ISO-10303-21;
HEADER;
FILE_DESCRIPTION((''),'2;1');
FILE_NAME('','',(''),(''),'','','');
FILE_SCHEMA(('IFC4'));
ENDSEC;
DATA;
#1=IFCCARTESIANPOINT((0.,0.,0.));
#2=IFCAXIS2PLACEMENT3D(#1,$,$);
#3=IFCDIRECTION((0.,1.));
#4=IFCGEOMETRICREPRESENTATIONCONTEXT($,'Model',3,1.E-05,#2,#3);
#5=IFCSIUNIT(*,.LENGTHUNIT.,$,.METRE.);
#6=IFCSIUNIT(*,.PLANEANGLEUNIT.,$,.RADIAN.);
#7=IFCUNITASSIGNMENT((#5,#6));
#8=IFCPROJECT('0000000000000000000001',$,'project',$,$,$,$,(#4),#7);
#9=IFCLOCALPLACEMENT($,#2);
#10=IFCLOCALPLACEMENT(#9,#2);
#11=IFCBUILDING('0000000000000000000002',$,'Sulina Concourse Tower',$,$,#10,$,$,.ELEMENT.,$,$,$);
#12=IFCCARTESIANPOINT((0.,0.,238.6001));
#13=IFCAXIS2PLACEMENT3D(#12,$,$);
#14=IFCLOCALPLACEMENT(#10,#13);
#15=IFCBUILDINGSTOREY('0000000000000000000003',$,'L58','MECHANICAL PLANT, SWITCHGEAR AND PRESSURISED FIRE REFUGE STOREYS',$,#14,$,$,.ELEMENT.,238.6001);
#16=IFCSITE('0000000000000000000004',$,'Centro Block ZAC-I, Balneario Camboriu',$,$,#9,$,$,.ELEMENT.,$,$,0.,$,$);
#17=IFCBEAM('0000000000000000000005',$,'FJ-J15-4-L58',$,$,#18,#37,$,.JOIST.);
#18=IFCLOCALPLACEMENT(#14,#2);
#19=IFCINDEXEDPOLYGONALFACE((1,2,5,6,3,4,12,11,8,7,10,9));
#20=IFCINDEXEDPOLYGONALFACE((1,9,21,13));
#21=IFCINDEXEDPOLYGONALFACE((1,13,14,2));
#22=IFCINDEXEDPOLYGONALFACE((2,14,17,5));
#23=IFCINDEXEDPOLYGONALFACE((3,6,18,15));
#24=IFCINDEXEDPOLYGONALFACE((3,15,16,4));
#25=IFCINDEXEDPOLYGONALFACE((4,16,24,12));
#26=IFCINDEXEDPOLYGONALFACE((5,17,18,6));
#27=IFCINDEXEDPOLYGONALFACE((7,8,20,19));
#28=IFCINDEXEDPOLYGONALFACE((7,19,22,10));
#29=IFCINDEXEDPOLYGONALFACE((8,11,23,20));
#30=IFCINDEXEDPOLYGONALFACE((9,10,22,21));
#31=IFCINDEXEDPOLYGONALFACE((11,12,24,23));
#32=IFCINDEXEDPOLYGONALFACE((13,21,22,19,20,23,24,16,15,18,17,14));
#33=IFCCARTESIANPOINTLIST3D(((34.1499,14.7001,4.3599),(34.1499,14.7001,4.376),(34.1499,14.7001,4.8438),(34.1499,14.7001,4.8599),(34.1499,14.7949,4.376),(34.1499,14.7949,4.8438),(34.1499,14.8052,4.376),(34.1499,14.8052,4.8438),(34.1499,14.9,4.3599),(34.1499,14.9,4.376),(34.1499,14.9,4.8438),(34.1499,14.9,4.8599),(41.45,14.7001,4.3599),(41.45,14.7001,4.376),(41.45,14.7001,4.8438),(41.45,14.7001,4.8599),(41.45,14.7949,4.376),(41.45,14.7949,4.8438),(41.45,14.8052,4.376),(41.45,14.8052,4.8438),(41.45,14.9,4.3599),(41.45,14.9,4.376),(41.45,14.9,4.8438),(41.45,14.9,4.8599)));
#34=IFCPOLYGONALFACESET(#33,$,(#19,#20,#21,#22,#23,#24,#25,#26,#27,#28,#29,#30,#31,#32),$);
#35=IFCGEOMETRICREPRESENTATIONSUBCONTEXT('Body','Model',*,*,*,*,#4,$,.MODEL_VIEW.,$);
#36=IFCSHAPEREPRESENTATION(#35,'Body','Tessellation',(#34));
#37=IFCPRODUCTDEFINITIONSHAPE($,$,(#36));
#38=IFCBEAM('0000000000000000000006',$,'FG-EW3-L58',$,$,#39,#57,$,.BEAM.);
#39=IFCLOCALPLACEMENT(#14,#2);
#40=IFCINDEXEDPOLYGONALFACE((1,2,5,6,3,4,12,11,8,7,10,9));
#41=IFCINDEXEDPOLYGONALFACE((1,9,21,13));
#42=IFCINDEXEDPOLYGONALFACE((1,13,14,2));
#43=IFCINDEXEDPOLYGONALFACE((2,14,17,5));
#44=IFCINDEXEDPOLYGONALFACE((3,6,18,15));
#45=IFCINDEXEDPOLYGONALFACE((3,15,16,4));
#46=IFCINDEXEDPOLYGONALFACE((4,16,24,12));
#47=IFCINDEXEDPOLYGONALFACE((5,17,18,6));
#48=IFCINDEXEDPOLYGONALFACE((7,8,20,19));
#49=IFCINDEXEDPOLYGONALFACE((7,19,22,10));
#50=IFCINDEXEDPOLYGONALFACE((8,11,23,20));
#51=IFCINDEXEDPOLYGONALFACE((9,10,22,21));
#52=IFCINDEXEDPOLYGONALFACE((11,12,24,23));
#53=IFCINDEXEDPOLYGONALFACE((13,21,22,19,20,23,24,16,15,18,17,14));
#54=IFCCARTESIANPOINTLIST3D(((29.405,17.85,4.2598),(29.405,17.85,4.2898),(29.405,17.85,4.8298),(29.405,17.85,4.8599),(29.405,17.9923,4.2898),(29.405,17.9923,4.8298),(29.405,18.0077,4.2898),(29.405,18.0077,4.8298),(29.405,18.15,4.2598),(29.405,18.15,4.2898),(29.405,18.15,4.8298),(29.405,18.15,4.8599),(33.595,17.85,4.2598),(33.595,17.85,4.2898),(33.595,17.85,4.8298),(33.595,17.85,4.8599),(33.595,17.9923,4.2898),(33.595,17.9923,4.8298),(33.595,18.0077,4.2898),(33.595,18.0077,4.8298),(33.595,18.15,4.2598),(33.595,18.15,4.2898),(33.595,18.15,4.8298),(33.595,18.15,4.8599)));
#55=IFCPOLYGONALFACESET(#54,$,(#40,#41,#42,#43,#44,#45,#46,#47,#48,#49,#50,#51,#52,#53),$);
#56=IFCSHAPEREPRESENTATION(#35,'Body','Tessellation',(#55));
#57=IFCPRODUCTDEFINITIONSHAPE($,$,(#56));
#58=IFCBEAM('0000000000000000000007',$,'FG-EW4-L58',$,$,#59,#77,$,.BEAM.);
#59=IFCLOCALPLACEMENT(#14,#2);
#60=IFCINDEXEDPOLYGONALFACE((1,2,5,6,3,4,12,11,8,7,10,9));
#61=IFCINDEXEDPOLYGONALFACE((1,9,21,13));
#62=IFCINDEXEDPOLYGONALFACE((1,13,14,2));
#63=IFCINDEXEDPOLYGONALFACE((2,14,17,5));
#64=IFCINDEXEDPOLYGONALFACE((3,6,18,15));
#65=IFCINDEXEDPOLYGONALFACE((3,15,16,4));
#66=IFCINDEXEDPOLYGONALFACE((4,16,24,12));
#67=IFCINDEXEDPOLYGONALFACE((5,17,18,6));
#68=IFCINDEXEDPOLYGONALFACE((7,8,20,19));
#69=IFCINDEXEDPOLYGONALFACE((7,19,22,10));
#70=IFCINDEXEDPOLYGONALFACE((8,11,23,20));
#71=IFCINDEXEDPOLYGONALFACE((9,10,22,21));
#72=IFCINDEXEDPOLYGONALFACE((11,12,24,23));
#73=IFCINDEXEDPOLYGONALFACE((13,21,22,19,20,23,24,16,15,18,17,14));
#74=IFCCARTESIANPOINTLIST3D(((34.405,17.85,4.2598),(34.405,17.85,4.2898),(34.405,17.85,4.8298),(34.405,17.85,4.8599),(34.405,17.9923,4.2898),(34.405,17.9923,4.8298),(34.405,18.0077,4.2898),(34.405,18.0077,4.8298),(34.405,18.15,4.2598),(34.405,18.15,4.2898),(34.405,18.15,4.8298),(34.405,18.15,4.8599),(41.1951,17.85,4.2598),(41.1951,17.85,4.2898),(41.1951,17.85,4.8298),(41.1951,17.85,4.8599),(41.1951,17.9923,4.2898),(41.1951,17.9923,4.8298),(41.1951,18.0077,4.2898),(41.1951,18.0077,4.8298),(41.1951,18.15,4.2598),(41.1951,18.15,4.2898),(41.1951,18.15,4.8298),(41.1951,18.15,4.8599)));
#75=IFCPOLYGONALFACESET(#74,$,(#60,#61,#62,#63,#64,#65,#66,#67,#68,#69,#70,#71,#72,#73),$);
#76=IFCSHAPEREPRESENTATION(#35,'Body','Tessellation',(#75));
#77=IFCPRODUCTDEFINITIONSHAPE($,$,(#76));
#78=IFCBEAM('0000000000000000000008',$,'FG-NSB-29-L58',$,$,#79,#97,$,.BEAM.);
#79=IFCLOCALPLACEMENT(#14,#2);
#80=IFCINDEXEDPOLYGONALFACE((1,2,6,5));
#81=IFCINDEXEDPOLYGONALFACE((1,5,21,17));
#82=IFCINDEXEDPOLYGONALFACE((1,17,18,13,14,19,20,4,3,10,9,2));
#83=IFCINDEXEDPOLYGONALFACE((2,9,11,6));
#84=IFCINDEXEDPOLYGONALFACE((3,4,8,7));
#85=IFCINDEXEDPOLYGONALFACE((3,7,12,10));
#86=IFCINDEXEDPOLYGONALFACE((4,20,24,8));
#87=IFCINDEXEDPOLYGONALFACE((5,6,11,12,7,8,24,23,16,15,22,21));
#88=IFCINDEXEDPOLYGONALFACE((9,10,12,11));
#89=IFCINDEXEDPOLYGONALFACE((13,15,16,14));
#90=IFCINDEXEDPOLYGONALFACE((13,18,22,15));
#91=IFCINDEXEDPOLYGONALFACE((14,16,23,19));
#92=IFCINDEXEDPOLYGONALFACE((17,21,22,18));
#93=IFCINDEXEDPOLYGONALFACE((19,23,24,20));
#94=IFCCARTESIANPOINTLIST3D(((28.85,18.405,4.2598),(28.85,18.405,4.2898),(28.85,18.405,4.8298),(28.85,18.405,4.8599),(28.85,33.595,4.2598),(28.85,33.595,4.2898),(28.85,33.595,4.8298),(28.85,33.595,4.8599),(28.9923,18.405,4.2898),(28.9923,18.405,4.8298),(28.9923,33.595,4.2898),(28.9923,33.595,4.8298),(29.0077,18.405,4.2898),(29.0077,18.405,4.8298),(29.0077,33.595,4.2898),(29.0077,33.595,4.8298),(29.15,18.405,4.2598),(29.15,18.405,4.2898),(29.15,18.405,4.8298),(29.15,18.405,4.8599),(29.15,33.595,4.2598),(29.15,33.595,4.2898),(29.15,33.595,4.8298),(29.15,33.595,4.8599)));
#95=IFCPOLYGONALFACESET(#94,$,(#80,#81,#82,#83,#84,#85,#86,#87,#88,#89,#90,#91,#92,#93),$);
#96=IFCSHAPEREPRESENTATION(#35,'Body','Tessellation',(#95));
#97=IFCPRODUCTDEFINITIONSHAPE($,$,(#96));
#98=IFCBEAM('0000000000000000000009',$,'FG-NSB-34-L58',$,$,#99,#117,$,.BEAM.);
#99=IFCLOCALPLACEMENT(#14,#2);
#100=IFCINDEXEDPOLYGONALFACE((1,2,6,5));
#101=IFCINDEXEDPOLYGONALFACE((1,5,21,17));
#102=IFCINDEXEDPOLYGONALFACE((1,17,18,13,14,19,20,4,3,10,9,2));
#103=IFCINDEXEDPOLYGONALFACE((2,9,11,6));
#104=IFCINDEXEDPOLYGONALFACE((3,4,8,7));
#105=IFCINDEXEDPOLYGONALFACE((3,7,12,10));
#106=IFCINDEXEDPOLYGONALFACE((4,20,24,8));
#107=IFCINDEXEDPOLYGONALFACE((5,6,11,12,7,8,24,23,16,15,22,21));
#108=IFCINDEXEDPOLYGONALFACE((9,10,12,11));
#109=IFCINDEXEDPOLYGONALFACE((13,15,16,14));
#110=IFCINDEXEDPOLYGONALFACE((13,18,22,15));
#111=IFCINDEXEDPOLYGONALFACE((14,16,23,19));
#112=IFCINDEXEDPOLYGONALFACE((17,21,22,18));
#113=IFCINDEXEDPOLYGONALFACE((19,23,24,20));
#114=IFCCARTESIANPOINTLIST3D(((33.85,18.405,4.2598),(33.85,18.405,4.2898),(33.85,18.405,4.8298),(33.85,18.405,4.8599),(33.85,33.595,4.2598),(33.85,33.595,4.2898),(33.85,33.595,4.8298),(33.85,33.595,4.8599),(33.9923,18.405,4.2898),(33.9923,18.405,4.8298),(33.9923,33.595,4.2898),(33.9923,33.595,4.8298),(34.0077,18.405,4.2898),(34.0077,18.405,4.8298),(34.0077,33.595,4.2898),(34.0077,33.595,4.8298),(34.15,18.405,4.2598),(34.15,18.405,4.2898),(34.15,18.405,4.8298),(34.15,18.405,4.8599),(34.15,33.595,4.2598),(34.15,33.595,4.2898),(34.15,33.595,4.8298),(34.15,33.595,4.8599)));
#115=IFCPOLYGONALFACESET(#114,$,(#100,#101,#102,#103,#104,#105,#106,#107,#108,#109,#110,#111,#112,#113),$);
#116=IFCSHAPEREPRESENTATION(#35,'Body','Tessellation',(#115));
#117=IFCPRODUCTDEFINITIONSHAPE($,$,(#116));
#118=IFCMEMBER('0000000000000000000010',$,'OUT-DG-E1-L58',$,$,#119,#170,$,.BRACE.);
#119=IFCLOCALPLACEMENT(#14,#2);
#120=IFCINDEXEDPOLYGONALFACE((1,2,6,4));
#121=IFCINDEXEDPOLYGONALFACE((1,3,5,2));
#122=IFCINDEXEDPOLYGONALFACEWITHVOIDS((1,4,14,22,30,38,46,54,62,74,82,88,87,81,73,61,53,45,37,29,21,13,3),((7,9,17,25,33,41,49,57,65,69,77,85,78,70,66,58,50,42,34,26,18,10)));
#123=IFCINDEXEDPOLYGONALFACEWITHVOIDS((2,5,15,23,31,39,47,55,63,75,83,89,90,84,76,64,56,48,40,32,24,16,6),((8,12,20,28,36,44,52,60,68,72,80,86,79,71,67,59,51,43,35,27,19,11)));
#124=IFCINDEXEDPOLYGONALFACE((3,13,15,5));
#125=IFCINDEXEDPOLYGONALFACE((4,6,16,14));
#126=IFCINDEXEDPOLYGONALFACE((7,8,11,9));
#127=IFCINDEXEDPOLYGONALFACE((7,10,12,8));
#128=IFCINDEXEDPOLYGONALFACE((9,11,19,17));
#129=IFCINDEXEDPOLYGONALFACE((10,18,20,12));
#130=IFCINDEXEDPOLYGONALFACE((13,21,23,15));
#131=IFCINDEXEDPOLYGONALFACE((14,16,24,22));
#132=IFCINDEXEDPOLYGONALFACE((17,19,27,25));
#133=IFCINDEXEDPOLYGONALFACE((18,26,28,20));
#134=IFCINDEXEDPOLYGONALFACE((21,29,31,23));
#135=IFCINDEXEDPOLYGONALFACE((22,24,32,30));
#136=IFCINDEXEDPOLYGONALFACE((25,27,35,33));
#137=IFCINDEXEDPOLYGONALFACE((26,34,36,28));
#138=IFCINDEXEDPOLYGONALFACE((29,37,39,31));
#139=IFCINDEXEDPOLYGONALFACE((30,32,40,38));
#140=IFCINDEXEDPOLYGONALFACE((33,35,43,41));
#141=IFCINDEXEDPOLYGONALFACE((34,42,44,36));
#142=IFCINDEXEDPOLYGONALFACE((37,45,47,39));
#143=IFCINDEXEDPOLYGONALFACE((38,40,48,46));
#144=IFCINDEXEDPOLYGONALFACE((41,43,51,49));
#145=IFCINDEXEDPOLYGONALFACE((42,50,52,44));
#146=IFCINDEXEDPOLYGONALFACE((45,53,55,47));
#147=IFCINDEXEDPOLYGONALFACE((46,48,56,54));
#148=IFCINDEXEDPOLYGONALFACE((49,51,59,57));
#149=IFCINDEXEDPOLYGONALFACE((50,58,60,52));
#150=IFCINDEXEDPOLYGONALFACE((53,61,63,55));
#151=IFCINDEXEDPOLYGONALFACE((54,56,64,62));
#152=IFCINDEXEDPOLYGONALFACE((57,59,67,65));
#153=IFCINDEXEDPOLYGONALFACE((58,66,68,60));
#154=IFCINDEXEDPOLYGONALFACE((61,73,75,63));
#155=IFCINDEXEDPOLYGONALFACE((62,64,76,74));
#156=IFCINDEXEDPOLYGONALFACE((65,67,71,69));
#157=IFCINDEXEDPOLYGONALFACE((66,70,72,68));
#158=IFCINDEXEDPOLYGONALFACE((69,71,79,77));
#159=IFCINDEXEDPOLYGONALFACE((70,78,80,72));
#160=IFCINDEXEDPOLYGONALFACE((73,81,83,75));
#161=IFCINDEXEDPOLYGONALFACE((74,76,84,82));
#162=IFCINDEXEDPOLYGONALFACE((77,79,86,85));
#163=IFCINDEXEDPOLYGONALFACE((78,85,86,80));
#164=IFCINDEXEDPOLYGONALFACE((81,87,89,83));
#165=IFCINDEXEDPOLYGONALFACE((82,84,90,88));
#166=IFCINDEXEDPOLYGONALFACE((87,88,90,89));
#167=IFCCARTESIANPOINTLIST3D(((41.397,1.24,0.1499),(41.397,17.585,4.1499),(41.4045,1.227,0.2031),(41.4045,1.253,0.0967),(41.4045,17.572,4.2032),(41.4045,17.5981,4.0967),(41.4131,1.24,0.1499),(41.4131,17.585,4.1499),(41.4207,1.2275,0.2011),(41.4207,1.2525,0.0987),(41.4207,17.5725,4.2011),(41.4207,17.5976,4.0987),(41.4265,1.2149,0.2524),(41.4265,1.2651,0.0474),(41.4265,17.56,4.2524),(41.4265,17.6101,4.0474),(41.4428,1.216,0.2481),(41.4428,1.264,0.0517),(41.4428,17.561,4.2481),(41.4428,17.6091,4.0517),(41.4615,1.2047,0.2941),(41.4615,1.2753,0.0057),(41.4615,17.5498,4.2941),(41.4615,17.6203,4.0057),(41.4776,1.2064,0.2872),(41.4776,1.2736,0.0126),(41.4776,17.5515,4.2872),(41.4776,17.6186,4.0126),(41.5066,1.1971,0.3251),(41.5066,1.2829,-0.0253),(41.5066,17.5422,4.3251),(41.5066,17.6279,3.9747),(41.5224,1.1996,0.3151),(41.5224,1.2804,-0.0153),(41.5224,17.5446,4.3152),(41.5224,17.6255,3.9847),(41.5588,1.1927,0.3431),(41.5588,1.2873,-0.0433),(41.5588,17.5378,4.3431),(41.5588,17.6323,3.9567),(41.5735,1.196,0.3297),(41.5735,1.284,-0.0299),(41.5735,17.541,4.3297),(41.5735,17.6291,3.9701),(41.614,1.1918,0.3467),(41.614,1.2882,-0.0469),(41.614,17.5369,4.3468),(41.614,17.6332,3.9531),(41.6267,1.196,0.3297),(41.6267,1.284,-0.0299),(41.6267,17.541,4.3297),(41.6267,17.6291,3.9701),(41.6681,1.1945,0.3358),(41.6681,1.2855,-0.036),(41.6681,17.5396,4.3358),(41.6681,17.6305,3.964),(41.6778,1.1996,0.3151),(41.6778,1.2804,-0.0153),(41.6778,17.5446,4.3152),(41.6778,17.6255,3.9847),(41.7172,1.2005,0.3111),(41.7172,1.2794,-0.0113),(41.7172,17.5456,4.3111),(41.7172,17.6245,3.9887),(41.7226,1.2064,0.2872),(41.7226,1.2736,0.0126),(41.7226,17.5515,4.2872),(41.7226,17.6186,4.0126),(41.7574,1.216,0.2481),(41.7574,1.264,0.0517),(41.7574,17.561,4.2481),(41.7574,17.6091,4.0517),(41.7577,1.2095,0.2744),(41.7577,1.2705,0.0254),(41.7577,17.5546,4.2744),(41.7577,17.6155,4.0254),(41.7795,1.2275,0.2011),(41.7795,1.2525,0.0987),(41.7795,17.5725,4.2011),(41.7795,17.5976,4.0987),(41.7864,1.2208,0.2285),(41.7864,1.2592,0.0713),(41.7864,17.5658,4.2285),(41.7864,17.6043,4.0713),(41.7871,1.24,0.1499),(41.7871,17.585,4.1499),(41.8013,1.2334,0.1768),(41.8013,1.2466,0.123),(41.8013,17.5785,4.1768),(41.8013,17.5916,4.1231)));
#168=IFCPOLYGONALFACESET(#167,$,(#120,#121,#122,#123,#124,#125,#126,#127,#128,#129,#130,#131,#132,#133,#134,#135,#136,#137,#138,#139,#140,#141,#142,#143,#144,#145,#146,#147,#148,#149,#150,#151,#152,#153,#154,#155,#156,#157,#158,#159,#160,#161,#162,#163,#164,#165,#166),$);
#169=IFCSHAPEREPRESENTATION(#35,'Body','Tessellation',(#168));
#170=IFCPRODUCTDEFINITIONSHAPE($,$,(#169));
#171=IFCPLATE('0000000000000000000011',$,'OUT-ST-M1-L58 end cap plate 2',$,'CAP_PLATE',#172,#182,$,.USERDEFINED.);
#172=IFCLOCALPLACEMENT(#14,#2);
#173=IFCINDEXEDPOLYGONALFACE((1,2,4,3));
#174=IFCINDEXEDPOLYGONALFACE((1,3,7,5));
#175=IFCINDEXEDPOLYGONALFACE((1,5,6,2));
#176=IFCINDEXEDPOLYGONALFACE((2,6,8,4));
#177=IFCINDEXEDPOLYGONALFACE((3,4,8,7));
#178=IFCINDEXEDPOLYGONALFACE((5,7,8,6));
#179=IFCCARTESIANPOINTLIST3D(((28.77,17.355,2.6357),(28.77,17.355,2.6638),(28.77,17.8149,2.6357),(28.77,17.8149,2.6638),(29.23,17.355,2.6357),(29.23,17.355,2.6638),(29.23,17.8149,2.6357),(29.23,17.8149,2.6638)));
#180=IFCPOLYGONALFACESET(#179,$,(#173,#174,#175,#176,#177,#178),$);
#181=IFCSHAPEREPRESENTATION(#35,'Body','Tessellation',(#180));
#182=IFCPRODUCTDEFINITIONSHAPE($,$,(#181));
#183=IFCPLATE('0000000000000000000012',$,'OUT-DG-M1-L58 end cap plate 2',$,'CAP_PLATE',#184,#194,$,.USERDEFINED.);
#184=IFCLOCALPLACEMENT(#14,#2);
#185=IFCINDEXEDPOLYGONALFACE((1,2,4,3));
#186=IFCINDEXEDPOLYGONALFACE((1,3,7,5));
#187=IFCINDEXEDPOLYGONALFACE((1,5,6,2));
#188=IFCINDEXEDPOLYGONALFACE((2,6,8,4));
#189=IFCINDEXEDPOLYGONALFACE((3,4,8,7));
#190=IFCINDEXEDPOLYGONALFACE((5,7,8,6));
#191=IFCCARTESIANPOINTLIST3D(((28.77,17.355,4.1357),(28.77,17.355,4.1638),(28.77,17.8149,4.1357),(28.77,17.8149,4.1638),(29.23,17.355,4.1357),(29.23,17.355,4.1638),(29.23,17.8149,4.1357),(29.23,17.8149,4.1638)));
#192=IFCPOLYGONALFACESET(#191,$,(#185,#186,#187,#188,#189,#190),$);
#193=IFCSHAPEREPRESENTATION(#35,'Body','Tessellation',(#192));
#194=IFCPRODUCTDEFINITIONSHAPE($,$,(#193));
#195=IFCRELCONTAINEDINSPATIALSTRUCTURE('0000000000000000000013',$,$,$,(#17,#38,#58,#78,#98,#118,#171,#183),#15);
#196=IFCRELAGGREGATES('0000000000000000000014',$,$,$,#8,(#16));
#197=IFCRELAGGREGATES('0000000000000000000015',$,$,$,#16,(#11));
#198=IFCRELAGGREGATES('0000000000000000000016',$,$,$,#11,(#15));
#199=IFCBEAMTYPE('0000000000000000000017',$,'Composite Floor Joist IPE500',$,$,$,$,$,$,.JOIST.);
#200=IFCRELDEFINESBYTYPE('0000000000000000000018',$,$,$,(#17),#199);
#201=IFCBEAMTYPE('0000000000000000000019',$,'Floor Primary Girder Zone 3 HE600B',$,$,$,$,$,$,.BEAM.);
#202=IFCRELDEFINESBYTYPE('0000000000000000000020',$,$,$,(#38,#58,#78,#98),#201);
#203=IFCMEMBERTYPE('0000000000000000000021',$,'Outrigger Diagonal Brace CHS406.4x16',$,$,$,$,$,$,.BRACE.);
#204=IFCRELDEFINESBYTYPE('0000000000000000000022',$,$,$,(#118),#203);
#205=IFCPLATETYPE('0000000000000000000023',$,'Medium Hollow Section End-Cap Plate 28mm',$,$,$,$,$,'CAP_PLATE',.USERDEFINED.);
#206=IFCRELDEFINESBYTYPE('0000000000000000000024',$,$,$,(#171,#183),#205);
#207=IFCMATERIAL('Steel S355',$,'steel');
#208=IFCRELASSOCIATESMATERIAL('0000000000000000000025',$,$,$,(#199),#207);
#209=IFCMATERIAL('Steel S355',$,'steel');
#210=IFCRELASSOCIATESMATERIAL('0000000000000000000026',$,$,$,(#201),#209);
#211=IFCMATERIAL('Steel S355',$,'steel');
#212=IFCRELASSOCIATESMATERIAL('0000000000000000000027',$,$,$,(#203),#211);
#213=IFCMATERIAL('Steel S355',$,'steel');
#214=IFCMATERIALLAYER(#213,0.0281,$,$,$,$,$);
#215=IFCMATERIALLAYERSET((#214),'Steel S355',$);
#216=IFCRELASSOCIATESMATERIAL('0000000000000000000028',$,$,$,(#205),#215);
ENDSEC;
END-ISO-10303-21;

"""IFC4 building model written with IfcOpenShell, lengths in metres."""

from ifc_helpers import new_model, si_unit, direction, frame, origin, origin_2d, place, context, subcontext, project, spatial, rectangle, hollow_circle, i_section, extrude, material, layer, layer_set, material_profile, profile_set, type_object, element, save


model = new_model("IFC4")

# Units and contexts
model_context = context("Model", 3, precision=1e-05, world=origin(), true_north=direction((0.0, 1.0)))
body_context = subcontext(model_context, "Body", "Model", "MODEL_VIEW")
ifc_project = project(units=[si_unit("LENGTHUNIT", "METRE"), si_unit("PLANEANGLEUNIT", "RADIAN")], contexts=[model_context])

# Site, building, storey
site_placement = place(None, origin())
site = spatial("IfcSite", under=ifc_project, at=site_placement, Name="Centro Block ZAC-I, Balneario Camboriu", CompositionType="ELEMENT", RefElevation=0.0)
building_placement = place(site_placement, origin())
building = spatial("IfcBuilding", under=site, at=building_placement, Name="Sulina Concourse Tower", CompositionType="ELEMENT")
storey_placement = place(building_placement, frame((0.0, 0.0, 238.6001)))
storey = spatial("IfcBuildingStorey", under=building, at=storey_placement, Name="L58", Description="MECHANICAL PLANT, SWITCHGEAR AND PRESSURISED FIRE REFUGE STOREYS", CompositionType="ELEMENT", Elevation=238.6001)

# Beams
ifc_material_1 = material(Name="Steel S355", Category="steel")
ifc_material_profile_1 = material_profile(ifc_material_1, i_section(OverallWidth=0.2, OverallDepth=0.5, WebThickness=0.0103, FlangeThickness=0.0161, at=origin_2d()), Name="IPE 500")
ifc_profile_set_1 = profile_set([ifc_material_profile_1], Name="Steel S355")
beam_type_1 = type_object("IfcBeamType", Name="Composite Floor Joist IPE500", PredefinedType="JOIST", material=ifc_profile_set_1)
beam_1_placement = place(storey_placement, frame((34.1499, 14.8, 4.6099), z_axis=(1.0, 0.0, 0.0), x_axis=(0.0, 1.0, 0.0)))
element("IfcBeam", 1, at=beam_1_placement, inside=storey, type_object=beam_type_1, Name="FJ-J15-4-L58", PredefinedType="JOIST", context=body_context, shape_type="SweptSolid", body=[
    extrude(i_section(OverallWidth=0.2, OverallDepth=0.5, WebThickness=0.0103, FlangeThickness=0.0161, at=origin_2d()), origin(), (0.0, 0.0, 1.0), 7.3),
])
ifc_material_2 = material(Name="Steel S355", Category="steel")
ifc_material_profile_2 = material_profile(ifc_material_2, i_section(OverallWidth=0.3, OverallDepth=0.6001, WebThickness=0.0154, FlangeThickness=0.03, at=origin_2d()), Name="HE 600 B")
ifc_profile_set_2 = profile_set([ifc_material_profile_2], Name="Steel S355")
beam_type_2 = type_object("IfcBeamType", Name="Floor Primary Girder Zone 3 HE600B", PredefinedType="BEAM", material=ifc_profile_set_2)
beam_2_placement = place(storey_placement, frame((29.405, 18.0, 4.5598), z_axis=(1.0, 0.0, 0.0), x_axis=(0.0, 1.0, 0.0)))
element("IfcBeam", 2, at=beam_2_placement, inside=storey, type_object=beam_type_2, Name="FG-EW3-L58", PredefinedType="BEAM", context=body_context, shape_type="SweptSolid", body=[
    extrude(i_section(OverallWidth=0.3, OverallDepth=0.6001, WebThickness=0.0154, FlangeThickness=0.03, at=origin_2d()), origin(), (0.0, 0.0, 1.0), 4.1899),
])
beam_3_placement = place(storey_placement, frame((34.405, 18.0, 4.5598), z_axis=(1.0, 0.0, 0.0), x_axis=(0.0, 1.0, 0.0)))
element("IfcBeam", 3, at=beam_3_placement, inside=storey, type_object=beam_type_2, Name="FG-EW4-L58", PredefinedType="BEAM", context=body_context, shape_type="SweptSolid", body=[
    extrude(i_section(OverallWidth=0.3, OverallDepth=0.6001, WebThickness=0.0154, FlangeThickness=0.03, at=origin_2d()), origin(), (0.0, 0.0, 1.0), 6.79),
])
for number, where, z_axis, x_axis, name in (
    (4, (29.0, 18.405, 4.5598), (0.0, 1.0, 0.0), (-1.0, 0.0, 0.0), "FG-NSB-29-L58"),
    (5, (34.0, 18.405, 4.5598), (0.0, 1.0, 0.0), (-1.0, 0.0, 0.0), "FG-NSB-34-L58"),
):
    element("IfcBeam", number, at=place(storey_placement, frame(where, z_axis=z_axis, x_axis=x_axis)), inside=storey, type_object=beam_type_2, Name=name, PredefinedType="BEAM", context=body_context, shape_type="SweptSolid", body=[
        extrude(i_section(OverallWidth=0.3, OverallDepth=0.6001, WebThickness=0.0154, FlangeThickness=0.03, at=origin_2d()), origin(), (0.0, 0.0, 1.0), 15.1899),
    ])

# Member
ifc_material_3 = material(Name="Steel S355", Category="steel")
ifc_material_profile_3 = material_profile(ifc_material_3, hollow_circle(Radius=0.2031, WallThickness=0.0161, at=origin_2d()), Name="CHS 406.4x16")
ifc_profile_set_3 = profile_set([ifc_material_profile_3], Name="Steel S355")
member_type = type_object("IfcMemberType", Name="Outrigger Diagonal Brace CHS406.4x16", PredefinedType="BRACE", material=ifc_profile_set_3)
member_placement = place(storey_placement, frame((41.6001, 1.24, 0.1499), z_axis=(0.0, 0.971336, 0.237709), x_axis=(-1.0, 0.0, 0.0)))
element("IfcMember", 6, at=member_placement, inside=storey, type_object=member_type, Name="OUT-DG-E1-L58", PredefinedType="BRACE", context=body_context, shape_type="SweptSolid", body=[
    extrude(hollow_circle(Radius=0.2031, WallThickness=0.0161, at=origin_2d()), origin(), (0.0, 0.0, 1.0), 16.8274),
])

# Plates
ifc_material_4 = material(Name="Steel S355", Category="steel")
ifc_layer_1 = layer(ifc_material_4, 0.0281)
ifc_layer_set_1 = layer_set([ifc_layer_1], Name="Steel S355")
plate_type = type_object("IfcPlateType", Name="Medium Hollow Section End-Cap Plate 28mm", ElementType="CAP_PLATE", PredefinedType="USERDEFINED", material=ifc_layer_set_1)
for number, where, z_axis, x_axis, name in (
    (7, (29.0, 17.585, 2.6357), (0.0, 0.0, 1.0), (1.0, 0.0, 0.0), "OUT-ST-M1-L58 end cap plate 2"),
    (8, (29.0, 17.585, 4.1357), (0.0, 0.0, 1.0), (1.0, 0.0, 0.0), "OUT-DG-M1-L58 end cap plate 2"),
):
    element("IfcPlate", number, at=place(storey_placement, frame(where, z_axis=z_axis, x_axis=x_axis)), inside=storey, type_object=plate_type, Name=name, ObjectType="CAP_PLATE", PredefinedType="USERDEFINED", context=body_context, shape_type="SweptSolid", body=[
        extrude(rectangle(XDim=0.46, YDim=0.46, at=origin_2d()), origin(), (0.0, 0.0, 1.0), 0.0281),
    ])

save(model, "model.ifc")
